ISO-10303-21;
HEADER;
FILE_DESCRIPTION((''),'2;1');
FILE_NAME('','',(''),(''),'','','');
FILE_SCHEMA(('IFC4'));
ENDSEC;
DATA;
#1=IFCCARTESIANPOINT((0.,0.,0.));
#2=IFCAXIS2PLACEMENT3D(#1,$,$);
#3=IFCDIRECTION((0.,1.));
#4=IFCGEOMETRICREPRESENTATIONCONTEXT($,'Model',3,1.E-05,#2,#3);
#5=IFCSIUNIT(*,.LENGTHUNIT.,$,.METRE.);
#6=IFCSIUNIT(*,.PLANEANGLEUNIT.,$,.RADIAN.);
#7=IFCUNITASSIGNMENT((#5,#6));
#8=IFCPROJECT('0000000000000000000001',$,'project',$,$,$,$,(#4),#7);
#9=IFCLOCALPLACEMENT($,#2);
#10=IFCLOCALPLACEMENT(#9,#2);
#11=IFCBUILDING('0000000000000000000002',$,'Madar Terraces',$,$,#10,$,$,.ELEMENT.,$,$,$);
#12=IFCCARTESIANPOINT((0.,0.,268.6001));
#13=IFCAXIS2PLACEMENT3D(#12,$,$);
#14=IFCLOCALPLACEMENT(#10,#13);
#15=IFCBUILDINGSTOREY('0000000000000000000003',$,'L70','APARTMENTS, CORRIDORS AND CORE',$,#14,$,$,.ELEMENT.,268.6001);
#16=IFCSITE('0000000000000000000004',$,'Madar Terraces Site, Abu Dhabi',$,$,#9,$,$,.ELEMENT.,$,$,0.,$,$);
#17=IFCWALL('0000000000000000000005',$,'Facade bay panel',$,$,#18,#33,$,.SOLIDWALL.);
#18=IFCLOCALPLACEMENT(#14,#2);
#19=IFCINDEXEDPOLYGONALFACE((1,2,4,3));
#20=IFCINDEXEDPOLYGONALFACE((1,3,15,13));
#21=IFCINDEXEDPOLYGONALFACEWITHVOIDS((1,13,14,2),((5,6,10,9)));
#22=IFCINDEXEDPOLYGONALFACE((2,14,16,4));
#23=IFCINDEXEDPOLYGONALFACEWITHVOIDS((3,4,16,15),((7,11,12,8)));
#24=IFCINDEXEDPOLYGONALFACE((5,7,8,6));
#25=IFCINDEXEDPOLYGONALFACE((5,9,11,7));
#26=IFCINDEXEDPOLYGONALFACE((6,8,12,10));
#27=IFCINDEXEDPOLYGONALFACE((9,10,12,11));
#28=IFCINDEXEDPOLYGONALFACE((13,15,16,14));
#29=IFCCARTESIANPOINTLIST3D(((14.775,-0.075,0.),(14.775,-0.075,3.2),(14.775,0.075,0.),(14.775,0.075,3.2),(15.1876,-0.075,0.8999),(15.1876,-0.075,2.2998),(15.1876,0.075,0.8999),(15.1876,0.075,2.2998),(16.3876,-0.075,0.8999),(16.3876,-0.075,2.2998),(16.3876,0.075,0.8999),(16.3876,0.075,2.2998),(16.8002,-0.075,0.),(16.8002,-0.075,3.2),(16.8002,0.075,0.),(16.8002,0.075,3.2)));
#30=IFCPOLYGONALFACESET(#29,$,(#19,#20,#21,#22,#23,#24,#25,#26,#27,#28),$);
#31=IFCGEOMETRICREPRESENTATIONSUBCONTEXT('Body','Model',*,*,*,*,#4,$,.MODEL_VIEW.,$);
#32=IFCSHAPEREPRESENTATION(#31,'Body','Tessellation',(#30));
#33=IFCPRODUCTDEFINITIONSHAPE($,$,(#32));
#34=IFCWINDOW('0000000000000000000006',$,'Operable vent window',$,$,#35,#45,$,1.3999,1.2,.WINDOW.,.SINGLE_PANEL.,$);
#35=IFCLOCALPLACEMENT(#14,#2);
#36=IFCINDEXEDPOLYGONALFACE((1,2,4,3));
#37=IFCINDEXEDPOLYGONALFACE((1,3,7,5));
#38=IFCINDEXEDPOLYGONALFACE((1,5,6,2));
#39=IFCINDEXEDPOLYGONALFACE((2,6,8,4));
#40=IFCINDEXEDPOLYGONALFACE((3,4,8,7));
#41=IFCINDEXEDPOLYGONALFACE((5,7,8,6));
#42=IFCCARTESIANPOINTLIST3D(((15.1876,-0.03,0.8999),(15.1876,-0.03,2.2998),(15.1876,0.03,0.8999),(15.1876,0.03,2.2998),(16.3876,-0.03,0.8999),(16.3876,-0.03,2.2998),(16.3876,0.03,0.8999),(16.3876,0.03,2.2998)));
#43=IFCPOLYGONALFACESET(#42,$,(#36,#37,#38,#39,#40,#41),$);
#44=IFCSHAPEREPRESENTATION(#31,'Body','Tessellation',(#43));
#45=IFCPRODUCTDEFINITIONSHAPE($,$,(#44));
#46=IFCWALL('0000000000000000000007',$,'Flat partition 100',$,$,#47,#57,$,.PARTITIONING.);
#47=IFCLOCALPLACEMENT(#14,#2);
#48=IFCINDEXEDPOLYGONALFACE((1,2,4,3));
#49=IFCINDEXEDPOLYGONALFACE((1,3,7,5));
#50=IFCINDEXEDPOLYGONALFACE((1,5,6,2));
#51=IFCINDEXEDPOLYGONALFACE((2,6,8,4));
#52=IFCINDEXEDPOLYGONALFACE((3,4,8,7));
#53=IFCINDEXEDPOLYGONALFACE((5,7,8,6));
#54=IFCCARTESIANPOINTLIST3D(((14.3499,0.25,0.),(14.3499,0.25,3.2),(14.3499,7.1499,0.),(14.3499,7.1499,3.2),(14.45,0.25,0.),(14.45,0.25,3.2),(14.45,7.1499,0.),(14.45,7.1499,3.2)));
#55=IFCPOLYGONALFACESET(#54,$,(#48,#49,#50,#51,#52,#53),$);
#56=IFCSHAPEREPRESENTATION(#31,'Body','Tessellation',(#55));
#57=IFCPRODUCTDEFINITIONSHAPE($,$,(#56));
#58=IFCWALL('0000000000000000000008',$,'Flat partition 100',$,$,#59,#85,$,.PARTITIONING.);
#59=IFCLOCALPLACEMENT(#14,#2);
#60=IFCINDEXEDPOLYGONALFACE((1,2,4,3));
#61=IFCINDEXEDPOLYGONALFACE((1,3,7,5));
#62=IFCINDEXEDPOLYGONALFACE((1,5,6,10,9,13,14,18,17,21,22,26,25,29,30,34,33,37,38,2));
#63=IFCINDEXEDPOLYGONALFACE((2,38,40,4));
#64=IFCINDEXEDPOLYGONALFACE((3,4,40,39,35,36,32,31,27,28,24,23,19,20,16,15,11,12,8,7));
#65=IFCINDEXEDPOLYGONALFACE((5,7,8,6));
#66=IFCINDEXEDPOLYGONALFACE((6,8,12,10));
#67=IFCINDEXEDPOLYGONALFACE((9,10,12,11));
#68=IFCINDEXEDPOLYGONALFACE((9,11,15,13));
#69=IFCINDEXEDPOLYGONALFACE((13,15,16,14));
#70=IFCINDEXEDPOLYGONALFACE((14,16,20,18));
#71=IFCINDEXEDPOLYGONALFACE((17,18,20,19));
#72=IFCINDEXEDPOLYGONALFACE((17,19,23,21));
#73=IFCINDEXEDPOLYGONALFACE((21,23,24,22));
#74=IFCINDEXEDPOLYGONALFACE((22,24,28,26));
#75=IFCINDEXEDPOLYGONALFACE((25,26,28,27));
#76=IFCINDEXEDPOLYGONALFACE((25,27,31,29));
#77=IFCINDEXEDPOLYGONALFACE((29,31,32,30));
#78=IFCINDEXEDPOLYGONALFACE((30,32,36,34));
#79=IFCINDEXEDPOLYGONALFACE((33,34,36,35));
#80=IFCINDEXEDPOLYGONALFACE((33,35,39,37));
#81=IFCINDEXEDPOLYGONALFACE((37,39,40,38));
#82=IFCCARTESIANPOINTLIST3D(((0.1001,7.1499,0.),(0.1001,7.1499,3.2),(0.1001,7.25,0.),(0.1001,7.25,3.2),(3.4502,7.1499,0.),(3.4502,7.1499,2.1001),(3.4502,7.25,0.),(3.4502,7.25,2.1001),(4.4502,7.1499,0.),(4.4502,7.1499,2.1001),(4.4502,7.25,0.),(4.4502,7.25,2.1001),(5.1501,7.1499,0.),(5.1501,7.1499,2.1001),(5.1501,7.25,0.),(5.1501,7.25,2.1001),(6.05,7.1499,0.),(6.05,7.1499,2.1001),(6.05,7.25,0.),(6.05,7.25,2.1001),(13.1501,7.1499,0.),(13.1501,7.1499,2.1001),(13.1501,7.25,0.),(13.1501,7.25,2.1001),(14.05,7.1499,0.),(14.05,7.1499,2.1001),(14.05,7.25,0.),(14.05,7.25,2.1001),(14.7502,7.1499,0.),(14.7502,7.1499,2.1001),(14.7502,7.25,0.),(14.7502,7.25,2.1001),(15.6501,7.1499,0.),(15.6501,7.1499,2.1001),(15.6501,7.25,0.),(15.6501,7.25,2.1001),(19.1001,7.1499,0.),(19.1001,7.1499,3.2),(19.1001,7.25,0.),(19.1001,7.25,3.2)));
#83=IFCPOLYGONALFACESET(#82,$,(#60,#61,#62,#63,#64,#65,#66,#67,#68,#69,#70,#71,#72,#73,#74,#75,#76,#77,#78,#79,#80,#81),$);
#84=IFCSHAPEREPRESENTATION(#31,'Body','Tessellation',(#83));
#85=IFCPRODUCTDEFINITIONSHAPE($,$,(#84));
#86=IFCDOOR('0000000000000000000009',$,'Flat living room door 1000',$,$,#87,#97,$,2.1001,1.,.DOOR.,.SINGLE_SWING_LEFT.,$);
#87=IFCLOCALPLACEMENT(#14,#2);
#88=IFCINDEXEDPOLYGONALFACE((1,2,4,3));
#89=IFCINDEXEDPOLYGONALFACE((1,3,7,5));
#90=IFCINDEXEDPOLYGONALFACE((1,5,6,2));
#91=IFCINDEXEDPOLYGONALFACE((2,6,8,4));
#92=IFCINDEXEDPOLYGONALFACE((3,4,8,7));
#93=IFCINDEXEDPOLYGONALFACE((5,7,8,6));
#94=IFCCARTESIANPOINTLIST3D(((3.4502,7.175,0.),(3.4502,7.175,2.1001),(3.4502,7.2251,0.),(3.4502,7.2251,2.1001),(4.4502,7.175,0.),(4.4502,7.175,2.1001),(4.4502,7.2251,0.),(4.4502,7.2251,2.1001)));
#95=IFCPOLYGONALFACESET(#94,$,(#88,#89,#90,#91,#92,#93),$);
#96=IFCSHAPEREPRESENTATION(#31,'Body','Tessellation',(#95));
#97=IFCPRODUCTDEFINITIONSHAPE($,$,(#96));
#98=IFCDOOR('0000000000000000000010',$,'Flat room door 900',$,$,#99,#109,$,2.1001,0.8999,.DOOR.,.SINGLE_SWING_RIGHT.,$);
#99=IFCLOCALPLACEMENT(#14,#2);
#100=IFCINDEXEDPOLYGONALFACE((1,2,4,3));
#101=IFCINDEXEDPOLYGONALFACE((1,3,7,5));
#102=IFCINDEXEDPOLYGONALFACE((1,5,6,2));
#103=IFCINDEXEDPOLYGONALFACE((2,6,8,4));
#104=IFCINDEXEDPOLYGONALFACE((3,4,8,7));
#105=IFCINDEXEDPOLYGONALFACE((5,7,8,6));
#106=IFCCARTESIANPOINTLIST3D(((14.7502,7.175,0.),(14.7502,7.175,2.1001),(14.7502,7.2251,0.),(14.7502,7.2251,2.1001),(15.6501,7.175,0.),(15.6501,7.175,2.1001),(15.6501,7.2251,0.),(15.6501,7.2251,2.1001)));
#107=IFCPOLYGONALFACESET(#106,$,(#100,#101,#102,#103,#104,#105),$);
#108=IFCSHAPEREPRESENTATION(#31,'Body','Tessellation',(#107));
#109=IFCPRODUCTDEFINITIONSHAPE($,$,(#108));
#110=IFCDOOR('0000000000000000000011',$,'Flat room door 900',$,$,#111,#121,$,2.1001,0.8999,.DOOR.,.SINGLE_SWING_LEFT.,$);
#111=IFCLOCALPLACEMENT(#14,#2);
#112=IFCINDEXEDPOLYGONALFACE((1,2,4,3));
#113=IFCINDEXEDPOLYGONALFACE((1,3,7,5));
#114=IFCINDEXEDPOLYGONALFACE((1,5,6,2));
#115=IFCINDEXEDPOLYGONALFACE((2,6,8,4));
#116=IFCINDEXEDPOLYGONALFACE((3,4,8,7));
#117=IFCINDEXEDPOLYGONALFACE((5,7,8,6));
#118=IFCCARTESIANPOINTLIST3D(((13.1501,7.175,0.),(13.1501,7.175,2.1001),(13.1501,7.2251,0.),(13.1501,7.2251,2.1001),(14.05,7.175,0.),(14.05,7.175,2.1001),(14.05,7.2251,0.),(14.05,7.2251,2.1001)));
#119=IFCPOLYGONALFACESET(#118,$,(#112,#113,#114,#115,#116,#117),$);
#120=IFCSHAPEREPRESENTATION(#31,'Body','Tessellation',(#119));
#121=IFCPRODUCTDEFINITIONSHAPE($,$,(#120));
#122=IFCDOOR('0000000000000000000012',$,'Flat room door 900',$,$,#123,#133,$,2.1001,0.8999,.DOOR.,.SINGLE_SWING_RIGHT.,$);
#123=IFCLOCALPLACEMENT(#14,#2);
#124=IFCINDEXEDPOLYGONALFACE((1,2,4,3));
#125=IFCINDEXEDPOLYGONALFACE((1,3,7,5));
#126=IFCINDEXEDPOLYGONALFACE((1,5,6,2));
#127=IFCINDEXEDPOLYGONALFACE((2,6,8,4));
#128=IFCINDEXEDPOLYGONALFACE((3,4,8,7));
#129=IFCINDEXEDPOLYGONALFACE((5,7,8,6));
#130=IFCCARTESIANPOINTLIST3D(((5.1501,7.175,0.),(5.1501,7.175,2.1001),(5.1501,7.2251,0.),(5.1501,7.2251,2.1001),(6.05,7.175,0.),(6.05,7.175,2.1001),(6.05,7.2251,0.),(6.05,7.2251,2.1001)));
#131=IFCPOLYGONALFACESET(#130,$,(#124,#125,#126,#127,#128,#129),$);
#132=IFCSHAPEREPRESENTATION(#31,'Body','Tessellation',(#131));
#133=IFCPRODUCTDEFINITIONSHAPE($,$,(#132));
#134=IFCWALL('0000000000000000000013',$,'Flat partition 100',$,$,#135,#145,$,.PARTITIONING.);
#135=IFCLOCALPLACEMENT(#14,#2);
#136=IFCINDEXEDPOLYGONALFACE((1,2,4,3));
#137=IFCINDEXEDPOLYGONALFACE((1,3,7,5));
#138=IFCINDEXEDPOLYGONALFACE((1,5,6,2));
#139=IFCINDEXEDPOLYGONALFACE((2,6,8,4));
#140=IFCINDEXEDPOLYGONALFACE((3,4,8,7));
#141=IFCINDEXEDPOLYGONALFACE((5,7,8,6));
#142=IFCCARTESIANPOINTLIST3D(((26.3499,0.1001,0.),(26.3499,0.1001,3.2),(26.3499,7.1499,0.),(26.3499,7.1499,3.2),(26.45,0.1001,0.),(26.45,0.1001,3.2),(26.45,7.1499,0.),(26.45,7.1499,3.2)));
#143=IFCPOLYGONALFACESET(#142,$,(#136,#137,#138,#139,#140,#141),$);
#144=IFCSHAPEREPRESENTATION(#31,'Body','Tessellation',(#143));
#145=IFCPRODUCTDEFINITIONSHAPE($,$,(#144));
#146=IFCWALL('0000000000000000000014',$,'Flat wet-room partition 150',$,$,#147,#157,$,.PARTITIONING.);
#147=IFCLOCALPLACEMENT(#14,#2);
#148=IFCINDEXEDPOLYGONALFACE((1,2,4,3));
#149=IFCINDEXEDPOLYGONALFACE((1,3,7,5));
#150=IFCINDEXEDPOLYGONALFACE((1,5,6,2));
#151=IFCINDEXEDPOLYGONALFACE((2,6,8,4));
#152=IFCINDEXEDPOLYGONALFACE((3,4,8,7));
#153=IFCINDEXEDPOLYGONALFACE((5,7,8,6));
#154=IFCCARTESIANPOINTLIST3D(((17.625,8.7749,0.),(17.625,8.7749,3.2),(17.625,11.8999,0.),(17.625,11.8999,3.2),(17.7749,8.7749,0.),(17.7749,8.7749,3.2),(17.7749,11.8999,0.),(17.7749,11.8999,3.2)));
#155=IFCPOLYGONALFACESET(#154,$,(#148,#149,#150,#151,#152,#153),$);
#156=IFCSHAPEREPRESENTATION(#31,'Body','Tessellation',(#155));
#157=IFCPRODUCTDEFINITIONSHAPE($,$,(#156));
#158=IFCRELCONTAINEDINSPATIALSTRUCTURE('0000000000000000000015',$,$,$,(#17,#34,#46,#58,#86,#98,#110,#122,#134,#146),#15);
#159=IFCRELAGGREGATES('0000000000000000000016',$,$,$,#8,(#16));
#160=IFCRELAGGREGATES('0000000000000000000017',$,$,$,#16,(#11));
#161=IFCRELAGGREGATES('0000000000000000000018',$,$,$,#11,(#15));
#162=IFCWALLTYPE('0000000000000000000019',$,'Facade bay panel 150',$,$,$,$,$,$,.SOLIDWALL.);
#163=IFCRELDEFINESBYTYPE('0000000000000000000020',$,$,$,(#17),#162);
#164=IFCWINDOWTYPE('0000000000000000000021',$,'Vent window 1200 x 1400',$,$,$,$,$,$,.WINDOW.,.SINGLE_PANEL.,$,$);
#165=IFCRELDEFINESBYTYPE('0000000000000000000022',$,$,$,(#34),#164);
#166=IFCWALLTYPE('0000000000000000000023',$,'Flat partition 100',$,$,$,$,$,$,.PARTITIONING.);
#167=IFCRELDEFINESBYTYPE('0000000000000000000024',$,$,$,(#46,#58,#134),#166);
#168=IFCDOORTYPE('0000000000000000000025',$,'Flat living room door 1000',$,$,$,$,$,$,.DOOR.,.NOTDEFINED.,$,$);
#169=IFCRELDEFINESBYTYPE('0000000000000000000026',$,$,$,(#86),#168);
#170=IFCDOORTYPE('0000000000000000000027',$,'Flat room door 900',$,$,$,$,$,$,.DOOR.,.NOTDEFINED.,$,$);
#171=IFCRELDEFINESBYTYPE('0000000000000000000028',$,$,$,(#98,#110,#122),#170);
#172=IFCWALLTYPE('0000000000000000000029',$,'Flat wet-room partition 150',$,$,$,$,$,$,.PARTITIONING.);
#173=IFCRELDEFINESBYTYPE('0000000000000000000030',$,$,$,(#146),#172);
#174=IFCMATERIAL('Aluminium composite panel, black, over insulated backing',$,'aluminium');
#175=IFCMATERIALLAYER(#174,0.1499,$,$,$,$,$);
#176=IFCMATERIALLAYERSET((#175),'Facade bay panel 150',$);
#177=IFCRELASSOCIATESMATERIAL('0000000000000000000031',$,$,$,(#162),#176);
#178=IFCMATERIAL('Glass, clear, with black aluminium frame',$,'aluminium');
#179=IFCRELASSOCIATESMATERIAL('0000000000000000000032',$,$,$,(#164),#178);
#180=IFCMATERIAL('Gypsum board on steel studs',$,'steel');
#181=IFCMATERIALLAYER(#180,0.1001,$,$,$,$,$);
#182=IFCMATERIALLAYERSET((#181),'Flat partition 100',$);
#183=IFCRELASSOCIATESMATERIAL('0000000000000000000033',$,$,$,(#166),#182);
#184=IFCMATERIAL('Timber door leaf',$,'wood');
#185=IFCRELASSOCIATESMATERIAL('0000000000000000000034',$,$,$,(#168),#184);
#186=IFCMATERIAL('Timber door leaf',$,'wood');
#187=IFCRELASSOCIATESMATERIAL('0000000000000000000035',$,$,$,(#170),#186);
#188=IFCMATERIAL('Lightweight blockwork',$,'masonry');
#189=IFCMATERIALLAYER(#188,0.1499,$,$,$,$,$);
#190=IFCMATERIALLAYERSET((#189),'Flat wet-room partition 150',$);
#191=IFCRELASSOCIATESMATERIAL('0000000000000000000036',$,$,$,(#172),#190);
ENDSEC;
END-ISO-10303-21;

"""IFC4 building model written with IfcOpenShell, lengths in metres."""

from ifc_helpers import new_model, si_unit, direction, frame, frame_2d, origin, place, context, subcontext, project, spatial, rectangle, extrude, material, layer, layer_set, type_object, element, fill, save


model = new_model("IFC4")

# Units and contexts
model_context = context("Model", 3, precision=1e-05, world=origin(), true_north=direction((0.0, 1.0)))
body_context = subcontext(model_context, "Body", "Model", "MODEL_VIEW")
ifc_project = project(units=[si_unit("LENGTHUNIT", "METRE"), si_unit("PLANEANGLEUNIT", "RADIAN")], contexts=[model_context])

# Site, building, storey
site_placement = place(None, origin())
site = spatial("IfcSite", under=ifc_project, at=site_placement, Name="Madar Terraces Site, Abu Dhabi", CompositionType="ELEMENT", RefElevation=0.0)
building_placement = place(site_placement, origin())
building = spatial("IfcBuilding", under=site, at=building_placement, Name="Madar Terraces", CompositionType="ELEMENT")
storey_placement = place(building_placement, frame((0.0, 0.0, 268.6001)))
storey = spatial("IfcBuildingStorey", under=building, at=storey_placement, Name="L70", Description="APARTMENTS, CORRIDORS AND CORE", CompositionType="ELEMENT", Elevation=268.6001)

# Wall, opening, window
ifc_material_1 = material(Name="Aluminium composite panel, black, over insulated backing", Category="aluminium")
ifc_layer_1 = layer(ifc_material_1, 0.1499)
ifc_layer_set_1 = layer_set([ifc_layer_1], Name="Facade bay panel 150")
wall_type_1 = type_object("IfcWallType", Name="Facade bay panel 150", PredefinedType="SOLIDWALL", material=ifc_layer_set_1)
ifc_material_2 = material(Name="Glass, clear, with black aluminium frame", Category="aluminium")
window_type = type_object("IfcWindowType", Name="Vent window 1200 x 1400", PartitioningType="SINGLE_PANEL", PredefinedType="WINDOW", material=ifc_material_2)
wall_1_placement = place(storey_placement, frame((14.7749, 0.0, 0.0), z_axis=(0.0, 0.0, 1.0), x_axis=(1.0, 0.0, 0.0)))
wall_1 = element("IfcWall", 1, at=wall_1_placement, inside=storey, type_object=wall_type_1, Name="Facade bay panel", PredefinedType="SOLIDWALL", context=body_context, shape_type="SweptSolid", body=[
    extrude(rectangle(XDim=2.0251, YDim=0.1499, at=frame_2d((1.0127, 0.0))), origin(), (0.0, 0.0, 1.0), 3.2),
])
opening_1_placement = place(wall_1_placement, frame((0.4126, 0.0, 0.8999)))
opening_1 = element("IfcOpeningElement", 2, at=opening_1_placement, cuts=wall_1, PredefinedType="OPENING", context=body_context, shape_type="SweptSolid", body=[
    extrude(rectangle(XDim=1.2, YDim=1.3999, at=frame_2d((0.6001, 0.7))), frame((0.0, 0.085, 0.0), z_axis=(0.0, -1.0, 0.0), x_axis=(1.0, 0.0, 0.0)), (0.0, 0.0, 1.0), 0.1699),
])
window_1_placement = place(opening_1_placement, origin())
window_1 = element("IfcWindow", 3, at=window_1_placement, inside=storey, type_object=window_type, Name="Operable vent window", OverallHeight=1.3999, OverallWidth=1.2, PartitioningType="SINGLE_PANEL", PredefinedType="WINDOW", context=body_context, shape_type="SweptSolid", body=[
    extrude(rectangle(XDim=1.2, YDim=1.3999, at=frame_2d((0.6001, 0.7))), frame((0.0, 0.03, 0.0), z_axis=(0.0, -1.0, 0.0), x_axis=(1.0, 0.0, 0.0)), (0.0, 0.0, 1.0), 0.0601),
])
fill(opening_1, window_1)

# Wall
ifc_material_3 = material(Name="Gypsum board on steel studs", Category="steel")
ifc_layer_2 = layer(ifc_material_3, 0.1001)
ifc_layer_set_2 = layer_set([ifc_layer_2], Name="Flat partition 100")
wall_type_2 = type_object("IfcWallType", Name="Flat partition 100", PredefinedType="PARTITIONING", material=ifc_layer_set_2)
wall_2_placement = place(storey_placement, frame((14.3999, 7.1499, 0.0), z_axis=(0.0, 0.0, 1.0), x_axis=(0.0, -1.0, 0.0)))
element("IfcWall", 4, at=wall_2_placement, inside=storey, type_object=wall_type_2, Name="Flat partition 100", PredefinedType="PARTITIONING", context=body_context, shape_type="SweptSolid", body=[
    extrude(rectangle(XDim=6.8999, YDim=0.1001, at=frame_2d((3.45, 0.0))), origin(), (0.0, 0.0, 1.0), 3.2),
])

# Wall, openings, doors
wall_3_placement = place(storey_placement, frame((19.1001, 7.2, 0.0), z_axis=(0.0, 0.0, 1.0), x_axis=(-1.0, 0.0, 0.0)))
wall_3 = element("IfcWall", 5, at=wall_3_placement, inside=storey, type_object=wall_type_2, Name="Flat partition 100", PredefinedType="PARTITIONING", context=body_context, shape_type="SweptSolid", body=[
    extrude(rectangle(XDim=19.0, YDim=0.1001, at=frame_2d((9.5, 0.0))), origin(), (0.0, 0.0, 1.0), 3.2),
])
opening_2_placement = place(wall_3_placement, frame((3.45, 0.0, 0.0)))
opening_2 = element("IfcOpeningElement", 6, at=opening_2_placement, cuts=wall_3, PredefinedType="OPENING", context=body_context, shape_type="SweptSolid", body=[
    extrude(rectangle(XDim=0.8999, YDim=2.1001, at=frame_2d((0.45, 1.05))), frame((0.0, 0.0601, 0.0), z_axis=(0.0, -1.0, 0.0), x_axis=(1.0, 0.0, 0.0)), (0.0, 0.0, 1.0), 0.1201),
])
opening_3_placement = place(wall_3_placement, frame((5.05, 0.0, 0.0)))
opening_3 = element("IfcOpeningElement", 7, at=opening_3_placement, cuts=wall_3, PredefinedType="OPENING", context=body_context, shape_type="SweptSolid", body=[
    extrude(rectangle(XDim=0.8999, YDim=2.1001, at=frame_2d((0.45, 1.05))), frame((0.0, 0.0601, 0.0), z_axis=(0.0, -1.0, 0.0), x_axis=(1.0, 0.0, 0.0)), (0.0, 0.0, 1.0), 0.1201),
])
opening_4_placement = place(wall_3_placement, frame((13.05, 0.0, 0.0)))
opening_4 = element("IfcOpeningElement", 8, at=opening_4_placement, cuts=wall_3, PredefinedType="OPENING", context=body_context, shape_type="SweptSolid", body=[
    extrude(rectangle(XDim=0.8999, YDim=2.1001, at=frame_2d((0.45, 1.05))), frame((0.0, 0.0601, 0.0), z_axis=(0.0, -1.0, 0.0), x_axis=(1.0, 0.0, 0.0)), (0.0, 0.0, 1.0), 0.1201),
])
opening_5_placement = place(wall_3_placement, frame((14.6499, 0.0, 0.0)))
opening_5 = element("IfcOpeningElement", 9, at=opening_5_placement, cuts=wall_3, PredefinedType="OPENING", context=body_context, shape_type="SweptSolid", body=[
    extrude(rectangle(XDim=1.0, YDim=2.1001, at=frame_2d((0.5, 1.05))), frame((0.0, 0.0601, 0.0), z_axis=(0.0, -1.0, 0.0), x_axis=(1.0, 0.0, 0.0)), (0.0, 0.0, 1.0), 0.1201),
])
ifc_material_4 = material(Name="Timber door leaf", Category="wood")
door_type_1 = type_object("IfcDoorType", Name="Flat living room door 1000", OperationType="NOTDEFINED", PredefinedType="DOOR", material=ifc_material_4)
door_1_placement = place(opening_5_placement, origin())
door_1 = element("IfcDoor", 10, at=door_1_placement, inside=storey, type_object=door_type_1, Name="Flat living room door 1000", OperationType="SINGLE_SWING_LEFT", OverallHeight=2.1001, OverallWidth=1.0, PredefinedType="DOOR", context=body_context, shape_type="SweptSolid", body=[
    extrude(rectangle(XDim=1.0, YDim=2.1001, at=frame_2d((0.5, 1.05))), frame((0.0, 0.0249, 0.0), z_axis=(0.0, -1.0, 0.0), x_axis=(1.0, 0.0, 0.0)), (0.0, 0.0, 1.0), 0.05),
])
fill(opening_5, door_1)
ifc_material_5 = material(Name="Timber door leaf", Category="wood")
door_type_2 = type_object("IfcDoorType", Name="Flat room door 900", OperationType="NOTDEFINED", PredefinedType="DOOR", material=ifc_material_5)
door_2_placement = place(opening_2_placement, origin())
door_2 = element("IfcDoor", 11, at=door_2_placement, inside=storey, type_object=door_type_2, Name="Flat room door 900", OperationType="SINGLE_SWING_RIGHT", OverallHeight=2.1001, OverallWidth=0.8999, PredefinedType="DOOR", context=body_context, shape_type="SweptSolid", body=[
    extrude(rectangle(XDim=0.8999, YDim=2.1001, at=frame_2d((0.45, 1.05))), frame((0.0, 0.0249, 0.0), z_axis=(0.0, -1.0, 0.0), x_axis=(1.0, 0.0, 0.0)), (0.0, 0.0, 1.0), 0.05),
])
fill(opening_2, door_2)
door_3_placement = place(opening_3_placement, origin())
door_3 = element("IfcDoor", 12, at=door_3_placement, inside=storey, type_object=door_type_2, Name="Flat room door 900", OperationType="SINGLE_SWING_LEFT", OverallHeight=2.1001, OverallWidth=0.8999, PredefinedType="DOOR", context=body_context, shape_type="SweptSolid", body=[
    extrude(rectangle(XDim=0.8999, YDim=2.1001, at=frame_2d((0.45, 1.05))), frame((0.0, 0.0249, 0.0), z_axis=(0.0, -1.0, 0.0), x_axis=(1.0, 0.0, 0.0)), (0.0, 0.0, 1.0), 0.05),
])
fill(opening_3, door_3)
door_4_placement = place(opening_4_placement, origin())
door_4 = element("IfcDoor", 13, at=door_4_placement, inside=storey, type_object=door_type_2, Name="Flat room door 900", OperationType="SINGLE_SWING_RIGHT", OverallHeight=2.1001, OverallWidth=0.8999, PredefinedType="DOOR", context=body_context, shape_type="SweptSolid", body=[
    extrude(rectangle(XDim=0.8999, YDim=2.1001, at=frame_2d((0.45, 1.05))), frame((0.0, 0.0249, 0.0), z_axis=(0.0, -1.0, 0.0), x_axis=(1.0, 0.0, 0.0)), (0.0, 0.0, 1.0), 0.05),
])
fill(opening_4, door_4)

# Walls
wall_4_placement = place(storey_placement, frame((26.3999, 7.1499, 0.0), z_axis=(0.0, 0.0, 1.0), x_axis=(0.0, -1.0, 0.0)))
element("IfcWall", 14, at=wall_4_placement, inside=storey, type_object=wall_type_2, Name="Flat partition 100", PredefinedType="PARTITIONING", context=body_context, shape_type="SweptSolid", body=[
    extrude(rectangle(XDim=7.0498, YDim=0.1001, at=frame_2d((3.5249, 0.0))), origin(), (0.0, 0.0, 1.0), 3.2),
])
ifc_material_6 = material(Name="Lightweight blockwork", Category="masonry")
ifc_layer_3 = layer(ifc_material_6, 0.1499)
ifc_layer_set_3 = layer_set([ifc_layer_3], Name="Flat wet-room partition 150")
wall_type_3 = type_object("IfcWallType", Name="Flat wet-room partition 150", PredefinedType="PARTITIONING", material=ifc_layer_set_3)
wall_5_placement = place(storey_placement, frame((17.7, 11.8999, 0.0), z_axis=(0.0, 0.0, 1.0), x_axis=(0.0, -1.0, 0.0)))
element("IfcWall", 15, at=wall_5_placement, inside=storey, type_object=wall_type_3, Name="Flat wet-room partition 150", PredefinedType="PARTITIONING", context=body_context, shape_type="SweptSolid", body=[
    extrude(rectangle(XDim=3.125, YDim=0.1499, at=frame_2d((1.5625, 0.0))), origin(), (0.0, 0.0, 1.0), 3.2),
])

save(model, "model.ifc")
